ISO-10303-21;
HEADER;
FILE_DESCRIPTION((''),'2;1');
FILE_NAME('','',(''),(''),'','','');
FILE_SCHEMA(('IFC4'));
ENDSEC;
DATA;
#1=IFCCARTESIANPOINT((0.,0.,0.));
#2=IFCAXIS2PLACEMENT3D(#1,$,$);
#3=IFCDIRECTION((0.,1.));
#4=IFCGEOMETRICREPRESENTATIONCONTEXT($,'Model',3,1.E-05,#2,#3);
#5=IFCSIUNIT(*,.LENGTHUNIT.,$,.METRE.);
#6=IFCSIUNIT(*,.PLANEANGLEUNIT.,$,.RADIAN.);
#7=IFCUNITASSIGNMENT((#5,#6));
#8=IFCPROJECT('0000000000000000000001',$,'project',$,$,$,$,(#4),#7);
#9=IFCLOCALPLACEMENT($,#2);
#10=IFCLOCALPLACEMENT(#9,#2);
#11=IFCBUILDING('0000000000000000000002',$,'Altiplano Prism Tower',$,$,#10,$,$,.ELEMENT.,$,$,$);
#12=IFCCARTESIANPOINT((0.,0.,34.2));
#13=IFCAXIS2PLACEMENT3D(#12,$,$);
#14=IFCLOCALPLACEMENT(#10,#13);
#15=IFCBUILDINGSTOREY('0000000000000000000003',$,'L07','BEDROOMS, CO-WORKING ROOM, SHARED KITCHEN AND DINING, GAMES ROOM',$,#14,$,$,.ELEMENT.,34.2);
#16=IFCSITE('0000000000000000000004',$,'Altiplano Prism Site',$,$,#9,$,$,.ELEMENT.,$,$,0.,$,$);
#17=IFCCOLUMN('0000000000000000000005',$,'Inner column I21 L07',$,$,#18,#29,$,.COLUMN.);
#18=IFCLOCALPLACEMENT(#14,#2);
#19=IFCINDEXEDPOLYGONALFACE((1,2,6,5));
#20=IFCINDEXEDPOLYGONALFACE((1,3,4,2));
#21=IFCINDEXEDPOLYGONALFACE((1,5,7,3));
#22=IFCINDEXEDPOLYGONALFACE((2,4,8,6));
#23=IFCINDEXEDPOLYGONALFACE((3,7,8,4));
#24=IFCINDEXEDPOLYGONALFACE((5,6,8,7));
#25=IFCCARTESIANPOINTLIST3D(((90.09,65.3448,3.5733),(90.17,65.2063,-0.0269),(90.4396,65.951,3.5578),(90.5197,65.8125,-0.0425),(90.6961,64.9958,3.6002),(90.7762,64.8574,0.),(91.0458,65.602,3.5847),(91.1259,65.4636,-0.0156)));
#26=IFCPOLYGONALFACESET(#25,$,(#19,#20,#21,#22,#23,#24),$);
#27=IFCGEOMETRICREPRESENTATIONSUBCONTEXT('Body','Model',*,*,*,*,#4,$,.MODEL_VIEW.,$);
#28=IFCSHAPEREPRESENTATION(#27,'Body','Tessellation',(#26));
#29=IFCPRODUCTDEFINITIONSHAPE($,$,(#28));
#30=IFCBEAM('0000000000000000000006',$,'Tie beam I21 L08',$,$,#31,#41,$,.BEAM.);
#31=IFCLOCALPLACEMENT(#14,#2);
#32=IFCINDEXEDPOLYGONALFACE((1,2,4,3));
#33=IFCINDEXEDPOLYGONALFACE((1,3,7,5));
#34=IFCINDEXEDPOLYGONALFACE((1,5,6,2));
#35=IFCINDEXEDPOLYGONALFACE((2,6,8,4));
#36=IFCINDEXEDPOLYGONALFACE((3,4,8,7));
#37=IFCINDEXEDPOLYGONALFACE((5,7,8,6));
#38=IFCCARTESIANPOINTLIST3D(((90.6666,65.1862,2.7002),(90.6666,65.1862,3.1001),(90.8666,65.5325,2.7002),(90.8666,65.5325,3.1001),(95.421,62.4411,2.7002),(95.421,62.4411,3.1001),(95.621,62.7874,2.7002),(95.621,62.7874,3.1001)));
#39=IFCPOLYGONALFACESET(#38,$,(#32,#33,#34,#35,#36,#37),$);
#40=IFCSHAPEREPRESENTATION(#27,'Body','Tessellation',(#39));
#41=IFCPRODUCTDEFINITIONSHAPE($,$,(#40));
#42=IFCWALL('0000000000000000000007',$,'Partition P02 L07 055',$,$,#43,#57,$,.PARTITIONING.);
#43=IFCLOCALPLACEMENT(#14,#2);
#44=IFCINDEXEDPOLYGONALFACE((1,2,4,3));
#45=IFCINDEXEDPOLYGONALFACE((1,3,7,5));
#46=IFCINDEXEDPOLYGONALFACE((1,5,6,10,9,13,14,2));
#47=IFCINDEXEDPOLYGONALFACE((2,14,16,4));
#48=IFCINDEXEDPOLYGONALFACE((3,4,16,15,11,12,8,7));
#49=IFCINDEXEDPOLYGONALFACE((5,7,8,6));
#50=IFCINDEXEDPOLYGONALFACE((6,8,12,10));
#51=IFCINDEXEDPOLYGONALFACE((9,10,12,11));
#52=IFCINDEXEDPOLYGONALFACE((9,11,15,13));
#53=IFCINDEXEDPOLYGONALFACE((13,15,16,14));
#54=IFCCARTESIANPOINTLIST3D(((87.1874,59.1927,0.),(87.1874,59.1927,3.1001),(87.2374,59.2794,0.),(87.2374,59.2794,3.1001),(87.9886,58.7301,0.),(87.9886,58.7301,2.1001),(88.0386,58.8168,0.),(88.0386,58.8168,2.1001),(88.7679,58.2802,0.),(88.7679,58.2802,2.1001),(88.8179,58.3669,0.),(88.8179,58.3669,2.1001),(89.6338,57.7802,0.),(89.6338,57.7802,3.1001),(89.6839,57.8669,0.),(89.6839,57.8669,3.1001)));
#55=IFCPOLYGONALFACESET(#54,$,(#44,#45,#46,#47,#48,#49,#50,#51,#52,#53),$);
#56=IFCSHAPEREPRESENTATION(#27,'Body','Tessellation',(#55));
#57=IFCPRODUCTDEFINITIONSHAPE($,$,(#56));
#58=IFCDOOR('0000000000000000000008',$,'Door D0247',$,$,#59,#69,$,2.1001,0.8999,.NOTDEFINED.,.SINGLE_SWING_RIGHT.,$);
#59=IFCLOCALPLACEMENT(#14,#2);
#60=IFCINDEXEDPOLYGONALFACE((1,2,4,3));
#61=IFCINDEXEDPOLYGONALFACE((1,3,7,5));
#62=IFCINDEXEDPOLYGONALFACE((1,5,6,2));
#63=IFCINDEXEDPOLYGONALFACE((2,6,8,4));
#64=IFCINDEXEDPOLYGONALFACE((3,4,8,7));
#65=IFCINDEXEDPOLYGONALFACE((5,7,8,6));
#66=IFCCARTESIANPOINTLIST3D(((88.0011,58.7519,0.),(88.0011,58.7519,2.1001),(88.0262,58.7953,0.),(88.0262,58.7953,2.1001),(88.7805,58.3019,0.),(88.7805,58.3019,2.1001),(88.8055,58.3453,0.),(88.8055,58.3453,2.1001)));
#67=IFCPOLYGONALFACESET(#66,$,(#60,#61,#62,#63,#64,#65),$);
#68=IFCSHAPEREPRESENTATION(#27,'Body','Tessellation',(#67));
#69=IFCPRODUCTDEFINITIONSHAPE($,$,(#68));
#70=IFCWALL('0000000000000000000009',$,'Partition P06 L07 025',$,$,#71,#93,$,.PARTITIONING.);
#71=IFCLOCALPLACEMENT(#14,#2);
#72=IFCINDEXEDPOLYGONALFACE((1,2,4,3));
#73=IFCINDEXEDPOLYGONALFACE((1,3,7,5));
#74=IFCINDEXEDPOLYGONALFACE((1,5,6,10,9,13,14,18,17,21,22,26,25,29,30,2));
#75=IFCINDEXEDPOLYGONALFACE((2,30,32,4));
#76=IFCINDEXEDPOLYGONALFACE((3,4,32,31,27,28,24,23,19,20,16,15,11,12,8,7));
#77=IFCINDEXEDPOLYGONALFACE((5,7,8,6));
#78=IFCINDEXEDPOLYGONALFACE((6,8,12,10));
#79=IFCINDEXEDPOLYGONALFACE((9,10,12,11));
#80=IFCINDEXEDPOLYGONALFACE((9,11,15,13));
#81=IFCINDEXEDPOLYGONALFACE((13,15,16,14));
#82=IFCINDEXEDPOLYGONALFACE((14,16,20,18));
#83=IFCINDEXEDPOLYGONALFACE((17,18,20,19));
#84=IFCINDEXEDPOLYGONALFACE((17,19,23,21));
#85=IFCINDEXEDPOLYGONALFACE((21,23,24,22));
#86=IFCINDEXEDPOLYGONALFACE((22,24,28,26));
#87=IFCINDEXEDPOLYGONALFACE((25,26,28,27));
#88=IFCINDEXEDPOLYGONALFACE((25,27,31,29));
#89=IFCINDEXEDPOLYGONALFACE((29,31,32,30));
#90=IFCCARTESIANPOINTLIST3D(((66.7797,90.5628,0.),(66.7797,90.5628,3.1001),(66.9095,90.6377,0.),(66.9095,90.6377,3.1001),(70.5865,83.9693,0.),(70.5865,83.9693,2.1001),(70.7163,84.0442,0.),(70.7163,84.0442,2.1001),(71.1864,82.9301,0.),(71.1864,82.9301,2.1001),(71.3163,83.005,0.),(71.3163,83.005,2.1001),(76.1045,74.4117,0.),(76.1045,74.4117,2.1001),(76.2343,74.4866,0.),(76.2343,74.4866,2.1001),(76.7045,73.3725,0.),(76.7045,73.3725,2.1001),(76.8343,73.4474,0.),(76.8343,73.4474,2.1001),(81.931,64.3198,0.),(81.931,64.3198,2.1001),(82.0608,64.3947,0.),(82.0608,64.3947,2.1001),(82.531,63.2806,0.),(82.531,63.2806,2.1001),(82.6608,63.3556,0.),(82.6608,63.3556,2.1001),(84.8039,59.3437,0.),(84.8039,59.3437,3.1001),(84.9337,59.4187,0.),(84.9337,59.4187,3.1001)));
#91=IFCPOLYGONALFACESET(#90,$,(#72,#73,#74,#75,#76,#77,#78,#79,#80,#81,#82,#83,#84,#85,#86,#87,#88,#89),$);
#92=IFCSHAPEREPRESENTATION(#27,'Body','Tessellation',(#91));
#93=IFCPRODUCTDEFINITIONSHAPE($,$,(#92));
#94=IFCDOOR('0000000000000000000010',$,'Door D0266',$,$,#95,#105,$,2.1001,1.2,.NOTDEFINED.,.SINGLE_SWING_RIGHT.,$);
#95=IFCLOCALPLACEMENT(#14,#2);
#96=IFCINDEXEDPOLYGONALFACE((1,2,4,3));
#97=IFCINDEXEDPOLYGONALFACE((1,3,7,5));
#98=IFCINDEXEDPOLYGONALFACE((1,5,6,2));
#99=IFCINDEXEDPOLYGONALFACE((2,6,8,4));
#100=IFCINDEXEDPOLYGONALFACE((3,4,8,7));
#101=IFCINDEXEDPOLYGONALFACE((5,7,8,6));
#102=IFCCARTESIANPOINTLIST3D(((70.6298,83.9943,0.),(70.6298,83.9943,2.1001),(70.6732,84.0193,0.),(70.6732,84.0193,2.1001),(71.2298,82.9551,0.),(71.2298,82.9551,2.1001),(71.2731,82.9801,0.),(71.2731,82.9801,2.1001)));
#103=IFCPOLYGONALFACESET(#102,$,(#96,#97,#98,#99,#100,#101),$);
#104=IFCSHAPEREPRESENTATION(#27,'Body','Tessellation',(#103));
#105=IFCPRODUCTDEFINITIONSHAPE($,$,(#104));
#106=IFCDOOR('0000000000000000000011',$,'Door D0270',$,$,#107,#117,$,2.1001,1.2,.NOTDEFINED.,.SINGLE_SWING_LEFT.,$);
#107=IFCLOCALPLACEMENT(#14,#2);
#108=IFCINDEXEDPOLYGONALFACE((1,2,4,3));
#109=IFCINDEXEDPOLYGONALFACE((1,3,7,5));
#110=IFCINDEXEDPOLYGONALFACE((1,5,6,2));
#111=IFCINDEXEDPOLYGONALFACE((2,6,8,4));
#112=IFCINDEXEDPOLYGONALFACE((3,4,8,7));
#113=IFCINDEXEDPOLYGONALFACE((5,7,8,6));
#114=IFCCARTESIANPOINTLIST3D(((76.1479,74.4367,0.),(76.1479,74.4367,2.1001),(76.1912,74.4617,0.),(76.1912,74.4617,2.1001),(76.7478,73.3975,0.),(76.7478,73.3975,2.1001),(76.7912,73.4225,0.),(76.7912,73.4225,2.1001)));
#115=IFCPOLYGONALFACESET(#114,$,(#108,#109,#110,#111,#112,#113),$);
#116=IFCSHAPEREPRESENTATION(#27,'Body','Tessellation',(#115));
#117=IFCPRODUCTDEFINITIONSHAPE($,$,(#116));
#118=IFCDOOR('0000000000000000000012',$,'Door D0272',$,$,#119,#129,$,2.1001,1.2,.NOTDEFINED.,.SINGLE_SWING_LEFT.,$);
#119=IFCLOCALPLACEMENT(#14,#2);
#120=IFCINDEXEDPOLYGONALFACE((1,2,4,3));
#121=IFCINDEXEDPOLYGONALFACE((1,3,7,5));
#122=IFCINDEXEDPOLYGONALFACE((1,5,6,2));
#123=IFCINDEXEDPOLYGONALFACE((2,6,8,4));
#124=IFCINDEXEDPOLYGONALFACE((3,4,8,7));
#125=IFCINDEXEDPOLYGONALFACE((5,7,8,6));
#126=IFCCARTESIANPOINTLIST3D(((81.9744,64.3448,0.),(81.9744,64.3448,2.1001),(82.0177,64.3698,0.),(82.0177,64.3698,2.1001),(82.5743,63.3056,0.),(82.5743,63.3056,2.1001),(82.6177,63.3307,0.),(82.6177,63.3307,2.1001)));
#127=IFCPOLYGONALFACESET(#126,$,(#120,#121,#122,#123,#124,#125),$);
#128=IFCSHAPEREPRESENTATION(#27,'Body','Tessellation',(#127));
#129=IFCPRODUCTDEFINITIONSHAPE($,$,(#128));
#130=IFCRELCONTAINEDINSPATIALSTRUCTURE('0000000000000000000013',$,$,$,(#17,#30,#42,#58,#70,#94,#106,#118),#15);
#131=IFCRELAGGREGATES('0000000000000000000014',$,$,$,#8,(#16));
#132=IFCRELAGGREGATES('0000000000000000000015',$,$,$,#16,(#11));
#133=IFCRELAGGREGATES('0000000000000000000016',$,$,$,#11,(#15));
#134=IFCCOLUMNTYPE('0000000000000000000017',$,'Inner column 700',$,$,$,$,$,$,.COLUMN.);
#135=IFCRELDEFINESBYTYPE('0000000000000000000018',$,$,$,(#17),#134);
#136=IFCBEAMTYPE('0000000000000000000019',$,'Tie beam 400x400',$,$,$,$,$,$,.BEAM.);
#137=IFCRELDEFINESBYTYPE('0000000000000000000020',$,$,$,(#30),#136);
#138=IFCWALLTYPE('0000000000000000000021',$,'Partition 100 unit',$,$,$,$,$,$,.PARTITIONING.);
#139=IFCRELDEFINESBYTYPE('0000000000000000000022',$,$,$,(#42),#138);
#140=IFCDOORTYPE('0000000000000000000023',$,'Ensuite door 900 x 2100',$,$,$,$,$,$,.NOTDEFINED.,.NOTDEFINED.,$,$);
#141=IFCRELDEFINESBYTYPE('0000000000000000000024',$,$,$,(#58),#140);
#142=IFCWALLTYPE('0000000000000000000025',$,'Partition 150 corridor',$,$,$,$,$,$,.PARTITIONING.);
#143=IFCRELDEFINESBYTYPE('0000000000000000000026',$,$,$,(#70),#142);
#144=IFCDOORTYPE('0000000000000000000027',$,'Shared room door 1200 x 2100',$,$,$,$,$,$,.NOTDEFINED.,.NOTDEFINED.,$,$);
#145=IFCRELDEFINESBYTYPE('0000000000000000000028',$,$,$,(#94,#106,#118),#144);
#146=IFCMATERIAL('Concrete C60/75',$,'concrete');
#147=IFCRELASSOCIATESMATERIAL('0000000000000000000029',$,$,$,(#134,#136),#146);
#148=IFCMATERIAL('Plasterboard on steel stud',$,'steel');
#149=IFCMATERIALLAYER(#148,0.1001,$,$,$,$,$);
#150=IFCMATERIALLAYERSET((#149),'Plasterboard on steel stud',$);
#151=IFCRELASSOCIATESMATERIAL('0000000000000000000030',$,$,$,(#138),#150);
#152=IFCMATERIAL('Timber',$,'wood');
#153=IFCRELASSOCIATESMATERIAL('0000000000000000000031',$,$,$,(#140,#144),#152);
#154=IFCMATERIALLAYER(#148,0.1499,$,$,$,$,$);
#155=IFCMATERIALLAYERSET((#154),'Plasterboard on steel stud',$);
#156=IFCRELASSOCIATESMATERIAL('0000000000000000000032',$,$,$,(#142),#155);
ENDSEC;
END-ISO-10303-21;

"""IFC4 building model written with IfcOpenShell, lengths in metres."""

from ifc_helpers import new_model, si_unit, direction, frame, frame_2d, origin, origin_2d, place, context, subcontext, project, spatial, rectangle, extrude, material, layer, layer_set, material_profile, profile_set, type_object, element, fill, save


model = new_model("IFC4")

# Units and contexts
model_context = context("Model", 3, precision=1e-05, world=origin(), true_north=direction((0.0, 1.0)))
body_context = subcontext(model_context, "Body", "Model", "MODEL_VIEW")
ifc_project = project(units=[si_unit("LENGTHUNIT", "METRE"), si_unit("PLANEANGLEUNIT", "RADIAN")], contexts=[model_context])

# Site, building, storey
site_placement = place(None, origin())
site = spatial("IfcSite", under=ifc_project, at=site_placement, Name="Altiplano Prism Site", CompositionType="ELEMENT", RefElevation=0.0)
building_placement = place(site_placement, origin())
building = spatial("IfcBuilding", under=site, at=building_placement, Name="Altiplano Prism Tower", CompositionType="ELEMENT")
storey_placement = place(building_placement, frame((0.0, 0.0, 34.2)))
storey = spatial("IfcBuildingStorey", under=building, at=storey_placement, Name="L07", Description="BEDROOMS, CO-WORKING ROOM, SHARED KITCHEN AND DINING, GAMES ROOM", CompositionType="ELEMENT", Elevation=34.2)

# Column
ifc_material_1 = material(Name="Concrete C60/75", Category="concrete")
ifc_material_profile_1 = material_profile(ifc_material_1, rectangle(XDim=0.7, YDim=0.7, at=origin_2d()), Name="Inner column 700")
ifc_profile_set_1 = profile_set([ifc_material_profile_1], Name="Concrete C60/75")
column_type = type_object("IfcColumnType", Name="Inner column 700", PredefinedType="COLUMN", material=ifc_profile_set_1)
column_placement = place(storey_placement, frame((90.6479, 65.335, -0.0212), z_axis=(-0.022221, 0.038413, 0.999015), x_axis=(-0.499504, -0.866028, 0.022189)))
element("IfcColumn", 1, at=column_placement, inside=storey, type_object=column_type, Name="Inner column I21 L07", PredefinedType="COLUMN", context=body_context, shape_type="SweptSolid", body=[
    extrude(rectangle(XDim=0.7, YDim=0.7, at=origin_2d()), origin(), (0.0, 0.0, 1.0), 3.6038),
])

# Beam
ifc_material_profile_2 = material_profile(ifc_material_1, rectangle(XDim=0.3999, YDim=0.3999, at=origin_2d()), Name="Tie beam 400x400")
ifc_profile_set_2 = profile_set([ifc_material_profile_2], Name="Concrete C60/75")
beam_type = type_object("IfcBeamType", Name="Tie beam 400x400", PredefinedType="BEAM", material=ifc_profile_set_2)
beam_placement = place(storey_placement, frame((90.7666, 65.3594, 2.9001), z_axis=(0.866012, -0.500023, 0.0), x_axis=(0.500023, 0.866012, 0.0)))
element("IfcBeam", 2, at=beam_placement, inside=storey, type_object=beam_type, Name="Tie beam I21 L08", PredefinedType="BEAM", context=body_context, shape_type="SweptSolid", body=[
    extrude(rectangle(XDim=0.3999, YDim=0.3999, at=origin_2d()), origin(), (0.0, 0.0, 1.0), 5.49),
])

# Wall, opening, door
ifc_material_2 = material(Name="Plasterboard on steel stud", Category="steel")
ifc_layer_1 = layer(ifc_material_2, 0.1001)
ifc_layer_set_1 = layer_set([ifc_layer_1], Name="Plasterboard on steel stud")
wall_type_1 = type_object("IfcWallType", Name="Partition 100 unit", PredefinedType="PARTITIONING", material=ifc_layer_set_1)
wall_1_placement = place(storey_placement, frame((89.6589, 57.8235, 0.0), z_axis=(0.0, 0.0, 1.0), x_axis=(-0.866011, 0.500024, 0.0)))
wall_1 = element("IfcWall", 3, at=wall_1_placement, inside=storey, type_object=wall_type_1, Name="Partition P02 L07 055", PredefinedType="PARTITIONING", context=body_context, shape_type="SweptSolid", body=[
    extrude(rectangle(XDim=2.825, YDim=0.1001, at=frame_2d((1.4126, 0.0))), origin(), (0.0, 0.0, 1.0), 3.1001),
])
opening_1_placement = place(wall_1_placement, frame((1.0, 0.0, 0.0)))
opening_1 = element("IfcOpeningElement", 4, at=opening_1_placement, cuts=wall_1, PredefinedType="OPENING", context=body_context, shape_type="SweptSolid", body=[
    extrude(rectangle(XDim=0.8999, YDim=2.1001, at=frame_2d((0.45, 1.05))), frame((0.0, 0.0605, 0.0), z_axis=(0.0, -1.0, 0.0), x_axis=(1.0, 0.0, 0.0)), (0.0, 0.0, 1.0), 0.1211),
])
ifc_material_3 = material(Name="Timber", Category="wood")
door_type_1 = type_object("IfcDoorType", Name="Ensuite door 900 x 2100", OperationType="NOTDEFINED", PredefinedType="NOTDEFINED", material=ifc_material_3)
door_1_placement = place(opening_1_placement, origin())
door_1 = element("IfcDoor", 5, at=door_1_placement, inside=storey, type_object=door_type_1, Name="Door D0247", OperationType="SINGLE_SWING_RIGHT", OverallHeight=2.1001, OverallWidth=0.8999, PredefinedType="NOTDEFINED", context=body_context, shape_type="SweptSolid", body=[
    extrude(rectangle(XDim=0.8999, YDim=2.1001, at=frame_2d((0.45, 1.05))), frame((0.0, 0.0249, 0.0), z_axis=(0.0, -1.0, 0.0), x_axis=(1.0, 0.0, 0.0)), (0.0, 0.0, 1.0), 0.05),
])
fill(opening_1, door_1)

# Wall, openings, doors
ifc_layer_2 = layer(ifc_material_2, 0.1499)
ifc_layer_set_2 = layer_set([ifc_layer_2], Name="Plasterboard on steel stud")
wall_type_2 = type_object("IfcWallType", Name="Partition 150 corridor", PredefinedType="PARTITIONING", material=ifc_layer_set_2)
wall_2_placement = place(storey_placement, frame((84.8689, 59.3811, 0.0), z_axis=(0.0, 0.0, 1.0), x_axis=(-0.499997, 0.866027, 0.0)))
wall_2 = element("IfcWall", 6, at=wall_2_placement, inside=storey, type_object=wall_type_2, Name="Partition P06 L07 025", PredefinedType="PARTITIONING", context=body_context, shape_type="SweptSolid", body=[
    extrude(rectangle(XDim=36.0486, YDim=0.1499, at=frame_2d((18.0244, 0.0))), origin(), (0.0, 0.0, 1.0), 3.1001),
])
opening_2_placement = place(wall_2_placement, frame((27.2351, 0.0, 0.0)))
opening_2 = element("IfcOpeningElement", 7, at=opening_2_placement, cuts=wall_2, PredefinedType="OPENING", context=body_context, shape_type="SweptSolid", body=[
    extrude(rectangle(XDim=1.2, YDim=2.1001, at=frame_2d((0.6001, 1.05))), frame((0.0, 0.0854, 0.0), z_axis=(0.0, -1.0, 0.0), x_axis=(1.0, 0.0, 0.0)), (0.0, 0.0, 1.0), 0.1709),
])
opening_3_placement = place(wall_2_placement, frame((16.199, 0.0, 0.0)))
opening_3 = element("IfcOpeningElement", 8, at=opening_3_placement, cuts=wall_2, PredefinedType="OPENING", context=body_context, shape_type="SweptSolid", body=[
    extrude(rectangle(XDim=1.2, YDim=2.1001, at=frame_2d((0.6001, 1.05))), frame((0.0, 0.0854, 0.0), z_axis=(0.0, -1.0, 0.0), x_axis=(1.0, 0.0, 0.0)), (0.0, 0.0, 1.0), 0.1709),
])
opening_4_placement = place(wall_2_placement, frame((4.5459, 0.0, 0.0)))
opening_4 = element("IfcOpeningElement", 9, at=opening_4_placement, cuts=wall_2, PredefinedType="OPENING", context=body_context, shape_type="SweptSolid", body=[
    extrude(rectangle(XDim=1.2, YDim=2.1001, at=frame_2d((0.6001, 1.05))), frame((0.0, 0.0854, 0.0), z_axis=(0.0, -1.0, 0.0), x_axis=(1.0, 0.0, 0.0)), (0.0, 0.0, 1.0), 0.1709),
])
door_type_2 = type_object("IfcDoorType", Name="Shared room door 1200 x 2100", OperationType="NOTDEFINED", PredefinedType="NOTDEFINED", material=ifc_material_3)
door_2_placement = place(opening_2_placement, origin())
door_2 = element("IfcDoor", 10, at=door_2_placement, inside=storey, type_object=door_type_2, Name="Door D0266", OperationType="SINGLE_SWING_RIGHT", OverallHeight=2.1001, OverallWidth=1.2, PredefinedType="NOTDEFINED", context=body_context, shape_type="SweptSolid", body=[
    extrude(rectangle(XDim=1.2, YDim=2.1001, at=frame_2d((0.6001, 1.05))), frame((0.0, 0.0249, 0.0), z_axis=(0.0, -1.0, 0.0), x_axis=(1.0, 0.0, 0.0)), (0.0, 0.0, 1.0), 0.05),
])
fill(opening_2, door_2)
door_3_placement = place(opening_3_placement, origin())
door_3 = element("IfcDoor", 11, at=door_3_placement, inside=storey, type_object=door_type_2, Name="Door D0270", OperationType="SINGLE_SWING_LEFT", OverallHeight=2.1001, OverallWidth=1.2, PredefinedType="NOTDEFINED", context=body_context, shape_type="SweptSolid", body=[
    extrude(rectangle(XDim=1.2, YDim=2.1001, at=frame_2d((0.6001, 1.05))), frame((0.0, 0.0249, 0.0), z_axis=(0.0, -1.0, 0.0), x_axis=(1.0, 0.0, 0.0)), (0.0, 0.0, 1.0), 0.05),
])
fill(opening_3, door_3)
door_4_placement = place(opening_4_placement, origin())
door_4 = element("IfcDoor", 12, at=door_4_placement, inside=storey, type_object=door_type_2, Name="Door D0272", OperationType="SINGLE_SWING_LEFT", OverallHeight=2.1001, OverallWidth=1.2, PredefinedType="NOTDEFINED", context=body_context, shape_type="SweptSolid", body=[
    extrude(rectangle(XDim=1.2, YDim=2.1001, at=frame_2d((0.6001, 1.05))), frame((0.0, 0.0249, 0.0), z_axis=(0.0, -1.0, 0.0), x_axis=(1.0, 0.0, 0.0)), (0.0, 0.0, 1.0), 0.05),
])
fill(opening_4, door_4)

save(model, "model.ifc")
